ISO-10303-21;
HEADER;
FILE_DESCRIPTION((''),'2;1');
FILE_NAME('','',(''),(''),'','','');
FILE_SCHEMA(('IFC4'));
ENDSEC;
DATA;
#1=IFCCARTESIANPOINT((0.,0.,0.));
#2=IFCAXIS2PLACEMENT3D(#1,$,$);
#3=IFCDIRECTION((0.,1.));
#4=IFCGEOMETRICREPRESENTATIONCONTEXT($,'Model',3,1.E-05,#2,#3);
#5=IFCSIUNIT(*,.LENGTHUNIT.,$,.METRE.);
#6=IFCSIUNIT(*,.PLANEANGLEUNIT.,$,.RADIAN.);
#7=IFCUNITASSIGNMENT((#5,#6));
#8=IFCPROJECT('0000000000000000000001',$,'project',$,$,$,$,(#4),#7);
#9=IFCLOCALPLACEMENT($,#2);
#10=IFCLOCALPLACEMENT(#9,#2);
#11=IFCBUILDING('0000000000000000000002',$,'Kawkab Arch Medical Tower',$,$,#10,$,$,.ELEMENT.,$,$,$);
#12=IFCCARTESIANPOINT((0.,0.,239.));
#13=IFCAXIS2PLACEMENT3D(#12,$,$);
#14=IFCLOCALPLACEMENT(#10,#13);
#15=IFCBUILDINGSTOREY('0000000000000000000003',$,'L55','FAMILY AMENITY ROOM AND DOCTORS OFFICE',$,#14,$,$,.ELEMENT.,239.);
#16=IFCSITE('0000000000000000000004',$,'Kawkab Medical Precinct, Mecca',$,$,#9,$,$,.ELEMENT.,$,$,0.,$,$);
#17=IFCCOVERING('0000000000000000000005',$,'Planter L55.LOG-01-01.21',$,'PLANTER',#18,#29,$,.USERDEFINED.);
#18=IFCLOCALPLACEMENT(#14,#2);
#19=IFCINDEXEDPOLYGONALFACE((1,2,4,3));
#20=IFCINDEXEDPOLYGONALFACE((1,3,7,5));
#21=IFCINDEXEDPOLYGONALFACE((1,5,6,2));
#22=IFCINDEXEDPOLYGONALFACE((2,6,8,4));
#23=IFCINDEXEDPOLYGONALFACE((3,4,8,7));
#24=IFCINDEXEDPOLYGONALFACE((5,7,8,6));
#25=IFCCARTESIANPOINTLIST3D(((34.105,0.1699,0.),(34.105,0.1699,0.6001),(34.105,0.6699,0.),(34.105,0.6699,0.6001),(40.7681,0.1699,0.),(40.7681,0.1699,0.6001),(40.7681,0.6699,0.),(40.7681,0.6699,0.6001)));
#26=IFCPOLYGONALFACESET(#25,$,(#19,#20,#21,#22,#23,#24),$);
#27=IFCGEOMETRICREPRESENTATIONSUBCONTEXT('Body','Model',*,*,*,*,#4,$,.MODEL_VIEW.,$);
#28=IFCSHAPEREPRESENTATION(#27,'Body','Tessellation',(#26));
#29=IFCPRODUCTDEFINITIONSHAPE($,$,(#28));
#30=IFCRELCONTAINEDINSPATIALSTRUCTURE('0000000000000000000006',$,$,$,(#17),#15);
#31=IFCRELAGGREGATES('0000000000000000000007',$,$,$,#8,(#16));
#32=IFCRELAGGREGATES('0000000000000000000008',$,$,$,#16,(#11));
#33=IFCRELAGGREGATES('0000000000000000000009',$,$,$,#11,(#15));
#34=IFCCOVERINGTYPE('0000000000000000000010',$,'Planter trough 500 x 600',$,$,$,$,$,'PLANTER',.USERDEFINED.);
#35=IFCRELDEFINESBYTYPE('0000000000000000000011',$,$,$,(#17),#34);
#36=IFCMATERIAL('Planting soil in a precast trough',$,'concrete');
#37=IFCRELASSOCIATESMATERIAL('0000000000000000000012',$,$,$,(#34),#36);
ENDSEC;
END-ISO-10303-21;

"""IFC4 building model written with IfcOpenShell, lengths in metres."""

from ifc_helpers import new_model, si_unit, direction, frame, origin, origin_2d, place, context, subcontext, project, spatial, rectangle, extrude, material, material_profile, profile_set, type_object, element, save


model = new_model("IFC4")

# Units and contexts
model_context = context("Model", 3, precision=1e-05, world=origin(), true_north=direction((0.0, 1.0)))
body_context = subcontext(model_context, "Body", "Model", "MODEL_VIEW")
ifc_project = project(units=[si_unit("LENGTHUNIT", "METRE"), si_unit("PLANEANGLEUNIT", "RADIAN")], contexts=[model_context])

# Site, building, storey
site_placement = place(None, origin())
site = spatial("IfcSite", under=ifc_project, at=site_placement, Name="Kawkab Medical Precinct, Mecca", CompositionType="ELEMENT", RefElevation=0.0)
building_placement = place(site_placement, origin())
building = spatial("IfcBuilding", under=site, at=building_placement, Name="Kawkab Arch Medical Tower", CompositionType="ELEMENT")
storey_placement = place(building_placement, frame((0.0, 0.0, 239.0)))
storey = spatial("IfcBuildingStorey", under=building, at=storey_placement, Name="L55", Description="FAMILY AMENITY ROOM AND DOCTORS OFFICE", CompositionType="ELEMENT", Elevation=239.0)

# Covering
ifc_material_1 = material(Name="Planting soil in a precast trough", Category="concrete")
ifc_material_profile_1 = material_profile(ifc_material_1, rectangle(XDim=0.5, YDim=0.6001, at=origin_2d()), Name="Trough 500x600")
ifc_profile_set_1 = profile_set([ifc_material_profile_1], Name="Planting soil in a precast trough")
covering_type = type_object("IfcCoveringType", Name="Planter trough 500 x 600", ElementType="PLANTER", PredefinedType="USERDEFINED", material=ifc_profile_set_1)
covering_1_placement = place(storey_placement, frame((34.105, 0.4199, 0.3), z_axis=(1.0, 0.0, 0.0), x_axis=(0.0, 1.0, 0.0)))
element("IfcCovering", 1, at=covering_1_placement, inside=storey, type_object=covering_type, Name="Planter L55.LOG-01-01.21", ObjectType="PLANTER", PredefinedType="USERDEFINED", context=body_context, shape_type="SweptSolid", body=[
    extrude(rectangle(XDim=0.5, YDim=0.6001, at=origin_2d()), origin(), (0.0, 0.0, 1.0), 6.6631),
])

save(model, "model.ifc")
